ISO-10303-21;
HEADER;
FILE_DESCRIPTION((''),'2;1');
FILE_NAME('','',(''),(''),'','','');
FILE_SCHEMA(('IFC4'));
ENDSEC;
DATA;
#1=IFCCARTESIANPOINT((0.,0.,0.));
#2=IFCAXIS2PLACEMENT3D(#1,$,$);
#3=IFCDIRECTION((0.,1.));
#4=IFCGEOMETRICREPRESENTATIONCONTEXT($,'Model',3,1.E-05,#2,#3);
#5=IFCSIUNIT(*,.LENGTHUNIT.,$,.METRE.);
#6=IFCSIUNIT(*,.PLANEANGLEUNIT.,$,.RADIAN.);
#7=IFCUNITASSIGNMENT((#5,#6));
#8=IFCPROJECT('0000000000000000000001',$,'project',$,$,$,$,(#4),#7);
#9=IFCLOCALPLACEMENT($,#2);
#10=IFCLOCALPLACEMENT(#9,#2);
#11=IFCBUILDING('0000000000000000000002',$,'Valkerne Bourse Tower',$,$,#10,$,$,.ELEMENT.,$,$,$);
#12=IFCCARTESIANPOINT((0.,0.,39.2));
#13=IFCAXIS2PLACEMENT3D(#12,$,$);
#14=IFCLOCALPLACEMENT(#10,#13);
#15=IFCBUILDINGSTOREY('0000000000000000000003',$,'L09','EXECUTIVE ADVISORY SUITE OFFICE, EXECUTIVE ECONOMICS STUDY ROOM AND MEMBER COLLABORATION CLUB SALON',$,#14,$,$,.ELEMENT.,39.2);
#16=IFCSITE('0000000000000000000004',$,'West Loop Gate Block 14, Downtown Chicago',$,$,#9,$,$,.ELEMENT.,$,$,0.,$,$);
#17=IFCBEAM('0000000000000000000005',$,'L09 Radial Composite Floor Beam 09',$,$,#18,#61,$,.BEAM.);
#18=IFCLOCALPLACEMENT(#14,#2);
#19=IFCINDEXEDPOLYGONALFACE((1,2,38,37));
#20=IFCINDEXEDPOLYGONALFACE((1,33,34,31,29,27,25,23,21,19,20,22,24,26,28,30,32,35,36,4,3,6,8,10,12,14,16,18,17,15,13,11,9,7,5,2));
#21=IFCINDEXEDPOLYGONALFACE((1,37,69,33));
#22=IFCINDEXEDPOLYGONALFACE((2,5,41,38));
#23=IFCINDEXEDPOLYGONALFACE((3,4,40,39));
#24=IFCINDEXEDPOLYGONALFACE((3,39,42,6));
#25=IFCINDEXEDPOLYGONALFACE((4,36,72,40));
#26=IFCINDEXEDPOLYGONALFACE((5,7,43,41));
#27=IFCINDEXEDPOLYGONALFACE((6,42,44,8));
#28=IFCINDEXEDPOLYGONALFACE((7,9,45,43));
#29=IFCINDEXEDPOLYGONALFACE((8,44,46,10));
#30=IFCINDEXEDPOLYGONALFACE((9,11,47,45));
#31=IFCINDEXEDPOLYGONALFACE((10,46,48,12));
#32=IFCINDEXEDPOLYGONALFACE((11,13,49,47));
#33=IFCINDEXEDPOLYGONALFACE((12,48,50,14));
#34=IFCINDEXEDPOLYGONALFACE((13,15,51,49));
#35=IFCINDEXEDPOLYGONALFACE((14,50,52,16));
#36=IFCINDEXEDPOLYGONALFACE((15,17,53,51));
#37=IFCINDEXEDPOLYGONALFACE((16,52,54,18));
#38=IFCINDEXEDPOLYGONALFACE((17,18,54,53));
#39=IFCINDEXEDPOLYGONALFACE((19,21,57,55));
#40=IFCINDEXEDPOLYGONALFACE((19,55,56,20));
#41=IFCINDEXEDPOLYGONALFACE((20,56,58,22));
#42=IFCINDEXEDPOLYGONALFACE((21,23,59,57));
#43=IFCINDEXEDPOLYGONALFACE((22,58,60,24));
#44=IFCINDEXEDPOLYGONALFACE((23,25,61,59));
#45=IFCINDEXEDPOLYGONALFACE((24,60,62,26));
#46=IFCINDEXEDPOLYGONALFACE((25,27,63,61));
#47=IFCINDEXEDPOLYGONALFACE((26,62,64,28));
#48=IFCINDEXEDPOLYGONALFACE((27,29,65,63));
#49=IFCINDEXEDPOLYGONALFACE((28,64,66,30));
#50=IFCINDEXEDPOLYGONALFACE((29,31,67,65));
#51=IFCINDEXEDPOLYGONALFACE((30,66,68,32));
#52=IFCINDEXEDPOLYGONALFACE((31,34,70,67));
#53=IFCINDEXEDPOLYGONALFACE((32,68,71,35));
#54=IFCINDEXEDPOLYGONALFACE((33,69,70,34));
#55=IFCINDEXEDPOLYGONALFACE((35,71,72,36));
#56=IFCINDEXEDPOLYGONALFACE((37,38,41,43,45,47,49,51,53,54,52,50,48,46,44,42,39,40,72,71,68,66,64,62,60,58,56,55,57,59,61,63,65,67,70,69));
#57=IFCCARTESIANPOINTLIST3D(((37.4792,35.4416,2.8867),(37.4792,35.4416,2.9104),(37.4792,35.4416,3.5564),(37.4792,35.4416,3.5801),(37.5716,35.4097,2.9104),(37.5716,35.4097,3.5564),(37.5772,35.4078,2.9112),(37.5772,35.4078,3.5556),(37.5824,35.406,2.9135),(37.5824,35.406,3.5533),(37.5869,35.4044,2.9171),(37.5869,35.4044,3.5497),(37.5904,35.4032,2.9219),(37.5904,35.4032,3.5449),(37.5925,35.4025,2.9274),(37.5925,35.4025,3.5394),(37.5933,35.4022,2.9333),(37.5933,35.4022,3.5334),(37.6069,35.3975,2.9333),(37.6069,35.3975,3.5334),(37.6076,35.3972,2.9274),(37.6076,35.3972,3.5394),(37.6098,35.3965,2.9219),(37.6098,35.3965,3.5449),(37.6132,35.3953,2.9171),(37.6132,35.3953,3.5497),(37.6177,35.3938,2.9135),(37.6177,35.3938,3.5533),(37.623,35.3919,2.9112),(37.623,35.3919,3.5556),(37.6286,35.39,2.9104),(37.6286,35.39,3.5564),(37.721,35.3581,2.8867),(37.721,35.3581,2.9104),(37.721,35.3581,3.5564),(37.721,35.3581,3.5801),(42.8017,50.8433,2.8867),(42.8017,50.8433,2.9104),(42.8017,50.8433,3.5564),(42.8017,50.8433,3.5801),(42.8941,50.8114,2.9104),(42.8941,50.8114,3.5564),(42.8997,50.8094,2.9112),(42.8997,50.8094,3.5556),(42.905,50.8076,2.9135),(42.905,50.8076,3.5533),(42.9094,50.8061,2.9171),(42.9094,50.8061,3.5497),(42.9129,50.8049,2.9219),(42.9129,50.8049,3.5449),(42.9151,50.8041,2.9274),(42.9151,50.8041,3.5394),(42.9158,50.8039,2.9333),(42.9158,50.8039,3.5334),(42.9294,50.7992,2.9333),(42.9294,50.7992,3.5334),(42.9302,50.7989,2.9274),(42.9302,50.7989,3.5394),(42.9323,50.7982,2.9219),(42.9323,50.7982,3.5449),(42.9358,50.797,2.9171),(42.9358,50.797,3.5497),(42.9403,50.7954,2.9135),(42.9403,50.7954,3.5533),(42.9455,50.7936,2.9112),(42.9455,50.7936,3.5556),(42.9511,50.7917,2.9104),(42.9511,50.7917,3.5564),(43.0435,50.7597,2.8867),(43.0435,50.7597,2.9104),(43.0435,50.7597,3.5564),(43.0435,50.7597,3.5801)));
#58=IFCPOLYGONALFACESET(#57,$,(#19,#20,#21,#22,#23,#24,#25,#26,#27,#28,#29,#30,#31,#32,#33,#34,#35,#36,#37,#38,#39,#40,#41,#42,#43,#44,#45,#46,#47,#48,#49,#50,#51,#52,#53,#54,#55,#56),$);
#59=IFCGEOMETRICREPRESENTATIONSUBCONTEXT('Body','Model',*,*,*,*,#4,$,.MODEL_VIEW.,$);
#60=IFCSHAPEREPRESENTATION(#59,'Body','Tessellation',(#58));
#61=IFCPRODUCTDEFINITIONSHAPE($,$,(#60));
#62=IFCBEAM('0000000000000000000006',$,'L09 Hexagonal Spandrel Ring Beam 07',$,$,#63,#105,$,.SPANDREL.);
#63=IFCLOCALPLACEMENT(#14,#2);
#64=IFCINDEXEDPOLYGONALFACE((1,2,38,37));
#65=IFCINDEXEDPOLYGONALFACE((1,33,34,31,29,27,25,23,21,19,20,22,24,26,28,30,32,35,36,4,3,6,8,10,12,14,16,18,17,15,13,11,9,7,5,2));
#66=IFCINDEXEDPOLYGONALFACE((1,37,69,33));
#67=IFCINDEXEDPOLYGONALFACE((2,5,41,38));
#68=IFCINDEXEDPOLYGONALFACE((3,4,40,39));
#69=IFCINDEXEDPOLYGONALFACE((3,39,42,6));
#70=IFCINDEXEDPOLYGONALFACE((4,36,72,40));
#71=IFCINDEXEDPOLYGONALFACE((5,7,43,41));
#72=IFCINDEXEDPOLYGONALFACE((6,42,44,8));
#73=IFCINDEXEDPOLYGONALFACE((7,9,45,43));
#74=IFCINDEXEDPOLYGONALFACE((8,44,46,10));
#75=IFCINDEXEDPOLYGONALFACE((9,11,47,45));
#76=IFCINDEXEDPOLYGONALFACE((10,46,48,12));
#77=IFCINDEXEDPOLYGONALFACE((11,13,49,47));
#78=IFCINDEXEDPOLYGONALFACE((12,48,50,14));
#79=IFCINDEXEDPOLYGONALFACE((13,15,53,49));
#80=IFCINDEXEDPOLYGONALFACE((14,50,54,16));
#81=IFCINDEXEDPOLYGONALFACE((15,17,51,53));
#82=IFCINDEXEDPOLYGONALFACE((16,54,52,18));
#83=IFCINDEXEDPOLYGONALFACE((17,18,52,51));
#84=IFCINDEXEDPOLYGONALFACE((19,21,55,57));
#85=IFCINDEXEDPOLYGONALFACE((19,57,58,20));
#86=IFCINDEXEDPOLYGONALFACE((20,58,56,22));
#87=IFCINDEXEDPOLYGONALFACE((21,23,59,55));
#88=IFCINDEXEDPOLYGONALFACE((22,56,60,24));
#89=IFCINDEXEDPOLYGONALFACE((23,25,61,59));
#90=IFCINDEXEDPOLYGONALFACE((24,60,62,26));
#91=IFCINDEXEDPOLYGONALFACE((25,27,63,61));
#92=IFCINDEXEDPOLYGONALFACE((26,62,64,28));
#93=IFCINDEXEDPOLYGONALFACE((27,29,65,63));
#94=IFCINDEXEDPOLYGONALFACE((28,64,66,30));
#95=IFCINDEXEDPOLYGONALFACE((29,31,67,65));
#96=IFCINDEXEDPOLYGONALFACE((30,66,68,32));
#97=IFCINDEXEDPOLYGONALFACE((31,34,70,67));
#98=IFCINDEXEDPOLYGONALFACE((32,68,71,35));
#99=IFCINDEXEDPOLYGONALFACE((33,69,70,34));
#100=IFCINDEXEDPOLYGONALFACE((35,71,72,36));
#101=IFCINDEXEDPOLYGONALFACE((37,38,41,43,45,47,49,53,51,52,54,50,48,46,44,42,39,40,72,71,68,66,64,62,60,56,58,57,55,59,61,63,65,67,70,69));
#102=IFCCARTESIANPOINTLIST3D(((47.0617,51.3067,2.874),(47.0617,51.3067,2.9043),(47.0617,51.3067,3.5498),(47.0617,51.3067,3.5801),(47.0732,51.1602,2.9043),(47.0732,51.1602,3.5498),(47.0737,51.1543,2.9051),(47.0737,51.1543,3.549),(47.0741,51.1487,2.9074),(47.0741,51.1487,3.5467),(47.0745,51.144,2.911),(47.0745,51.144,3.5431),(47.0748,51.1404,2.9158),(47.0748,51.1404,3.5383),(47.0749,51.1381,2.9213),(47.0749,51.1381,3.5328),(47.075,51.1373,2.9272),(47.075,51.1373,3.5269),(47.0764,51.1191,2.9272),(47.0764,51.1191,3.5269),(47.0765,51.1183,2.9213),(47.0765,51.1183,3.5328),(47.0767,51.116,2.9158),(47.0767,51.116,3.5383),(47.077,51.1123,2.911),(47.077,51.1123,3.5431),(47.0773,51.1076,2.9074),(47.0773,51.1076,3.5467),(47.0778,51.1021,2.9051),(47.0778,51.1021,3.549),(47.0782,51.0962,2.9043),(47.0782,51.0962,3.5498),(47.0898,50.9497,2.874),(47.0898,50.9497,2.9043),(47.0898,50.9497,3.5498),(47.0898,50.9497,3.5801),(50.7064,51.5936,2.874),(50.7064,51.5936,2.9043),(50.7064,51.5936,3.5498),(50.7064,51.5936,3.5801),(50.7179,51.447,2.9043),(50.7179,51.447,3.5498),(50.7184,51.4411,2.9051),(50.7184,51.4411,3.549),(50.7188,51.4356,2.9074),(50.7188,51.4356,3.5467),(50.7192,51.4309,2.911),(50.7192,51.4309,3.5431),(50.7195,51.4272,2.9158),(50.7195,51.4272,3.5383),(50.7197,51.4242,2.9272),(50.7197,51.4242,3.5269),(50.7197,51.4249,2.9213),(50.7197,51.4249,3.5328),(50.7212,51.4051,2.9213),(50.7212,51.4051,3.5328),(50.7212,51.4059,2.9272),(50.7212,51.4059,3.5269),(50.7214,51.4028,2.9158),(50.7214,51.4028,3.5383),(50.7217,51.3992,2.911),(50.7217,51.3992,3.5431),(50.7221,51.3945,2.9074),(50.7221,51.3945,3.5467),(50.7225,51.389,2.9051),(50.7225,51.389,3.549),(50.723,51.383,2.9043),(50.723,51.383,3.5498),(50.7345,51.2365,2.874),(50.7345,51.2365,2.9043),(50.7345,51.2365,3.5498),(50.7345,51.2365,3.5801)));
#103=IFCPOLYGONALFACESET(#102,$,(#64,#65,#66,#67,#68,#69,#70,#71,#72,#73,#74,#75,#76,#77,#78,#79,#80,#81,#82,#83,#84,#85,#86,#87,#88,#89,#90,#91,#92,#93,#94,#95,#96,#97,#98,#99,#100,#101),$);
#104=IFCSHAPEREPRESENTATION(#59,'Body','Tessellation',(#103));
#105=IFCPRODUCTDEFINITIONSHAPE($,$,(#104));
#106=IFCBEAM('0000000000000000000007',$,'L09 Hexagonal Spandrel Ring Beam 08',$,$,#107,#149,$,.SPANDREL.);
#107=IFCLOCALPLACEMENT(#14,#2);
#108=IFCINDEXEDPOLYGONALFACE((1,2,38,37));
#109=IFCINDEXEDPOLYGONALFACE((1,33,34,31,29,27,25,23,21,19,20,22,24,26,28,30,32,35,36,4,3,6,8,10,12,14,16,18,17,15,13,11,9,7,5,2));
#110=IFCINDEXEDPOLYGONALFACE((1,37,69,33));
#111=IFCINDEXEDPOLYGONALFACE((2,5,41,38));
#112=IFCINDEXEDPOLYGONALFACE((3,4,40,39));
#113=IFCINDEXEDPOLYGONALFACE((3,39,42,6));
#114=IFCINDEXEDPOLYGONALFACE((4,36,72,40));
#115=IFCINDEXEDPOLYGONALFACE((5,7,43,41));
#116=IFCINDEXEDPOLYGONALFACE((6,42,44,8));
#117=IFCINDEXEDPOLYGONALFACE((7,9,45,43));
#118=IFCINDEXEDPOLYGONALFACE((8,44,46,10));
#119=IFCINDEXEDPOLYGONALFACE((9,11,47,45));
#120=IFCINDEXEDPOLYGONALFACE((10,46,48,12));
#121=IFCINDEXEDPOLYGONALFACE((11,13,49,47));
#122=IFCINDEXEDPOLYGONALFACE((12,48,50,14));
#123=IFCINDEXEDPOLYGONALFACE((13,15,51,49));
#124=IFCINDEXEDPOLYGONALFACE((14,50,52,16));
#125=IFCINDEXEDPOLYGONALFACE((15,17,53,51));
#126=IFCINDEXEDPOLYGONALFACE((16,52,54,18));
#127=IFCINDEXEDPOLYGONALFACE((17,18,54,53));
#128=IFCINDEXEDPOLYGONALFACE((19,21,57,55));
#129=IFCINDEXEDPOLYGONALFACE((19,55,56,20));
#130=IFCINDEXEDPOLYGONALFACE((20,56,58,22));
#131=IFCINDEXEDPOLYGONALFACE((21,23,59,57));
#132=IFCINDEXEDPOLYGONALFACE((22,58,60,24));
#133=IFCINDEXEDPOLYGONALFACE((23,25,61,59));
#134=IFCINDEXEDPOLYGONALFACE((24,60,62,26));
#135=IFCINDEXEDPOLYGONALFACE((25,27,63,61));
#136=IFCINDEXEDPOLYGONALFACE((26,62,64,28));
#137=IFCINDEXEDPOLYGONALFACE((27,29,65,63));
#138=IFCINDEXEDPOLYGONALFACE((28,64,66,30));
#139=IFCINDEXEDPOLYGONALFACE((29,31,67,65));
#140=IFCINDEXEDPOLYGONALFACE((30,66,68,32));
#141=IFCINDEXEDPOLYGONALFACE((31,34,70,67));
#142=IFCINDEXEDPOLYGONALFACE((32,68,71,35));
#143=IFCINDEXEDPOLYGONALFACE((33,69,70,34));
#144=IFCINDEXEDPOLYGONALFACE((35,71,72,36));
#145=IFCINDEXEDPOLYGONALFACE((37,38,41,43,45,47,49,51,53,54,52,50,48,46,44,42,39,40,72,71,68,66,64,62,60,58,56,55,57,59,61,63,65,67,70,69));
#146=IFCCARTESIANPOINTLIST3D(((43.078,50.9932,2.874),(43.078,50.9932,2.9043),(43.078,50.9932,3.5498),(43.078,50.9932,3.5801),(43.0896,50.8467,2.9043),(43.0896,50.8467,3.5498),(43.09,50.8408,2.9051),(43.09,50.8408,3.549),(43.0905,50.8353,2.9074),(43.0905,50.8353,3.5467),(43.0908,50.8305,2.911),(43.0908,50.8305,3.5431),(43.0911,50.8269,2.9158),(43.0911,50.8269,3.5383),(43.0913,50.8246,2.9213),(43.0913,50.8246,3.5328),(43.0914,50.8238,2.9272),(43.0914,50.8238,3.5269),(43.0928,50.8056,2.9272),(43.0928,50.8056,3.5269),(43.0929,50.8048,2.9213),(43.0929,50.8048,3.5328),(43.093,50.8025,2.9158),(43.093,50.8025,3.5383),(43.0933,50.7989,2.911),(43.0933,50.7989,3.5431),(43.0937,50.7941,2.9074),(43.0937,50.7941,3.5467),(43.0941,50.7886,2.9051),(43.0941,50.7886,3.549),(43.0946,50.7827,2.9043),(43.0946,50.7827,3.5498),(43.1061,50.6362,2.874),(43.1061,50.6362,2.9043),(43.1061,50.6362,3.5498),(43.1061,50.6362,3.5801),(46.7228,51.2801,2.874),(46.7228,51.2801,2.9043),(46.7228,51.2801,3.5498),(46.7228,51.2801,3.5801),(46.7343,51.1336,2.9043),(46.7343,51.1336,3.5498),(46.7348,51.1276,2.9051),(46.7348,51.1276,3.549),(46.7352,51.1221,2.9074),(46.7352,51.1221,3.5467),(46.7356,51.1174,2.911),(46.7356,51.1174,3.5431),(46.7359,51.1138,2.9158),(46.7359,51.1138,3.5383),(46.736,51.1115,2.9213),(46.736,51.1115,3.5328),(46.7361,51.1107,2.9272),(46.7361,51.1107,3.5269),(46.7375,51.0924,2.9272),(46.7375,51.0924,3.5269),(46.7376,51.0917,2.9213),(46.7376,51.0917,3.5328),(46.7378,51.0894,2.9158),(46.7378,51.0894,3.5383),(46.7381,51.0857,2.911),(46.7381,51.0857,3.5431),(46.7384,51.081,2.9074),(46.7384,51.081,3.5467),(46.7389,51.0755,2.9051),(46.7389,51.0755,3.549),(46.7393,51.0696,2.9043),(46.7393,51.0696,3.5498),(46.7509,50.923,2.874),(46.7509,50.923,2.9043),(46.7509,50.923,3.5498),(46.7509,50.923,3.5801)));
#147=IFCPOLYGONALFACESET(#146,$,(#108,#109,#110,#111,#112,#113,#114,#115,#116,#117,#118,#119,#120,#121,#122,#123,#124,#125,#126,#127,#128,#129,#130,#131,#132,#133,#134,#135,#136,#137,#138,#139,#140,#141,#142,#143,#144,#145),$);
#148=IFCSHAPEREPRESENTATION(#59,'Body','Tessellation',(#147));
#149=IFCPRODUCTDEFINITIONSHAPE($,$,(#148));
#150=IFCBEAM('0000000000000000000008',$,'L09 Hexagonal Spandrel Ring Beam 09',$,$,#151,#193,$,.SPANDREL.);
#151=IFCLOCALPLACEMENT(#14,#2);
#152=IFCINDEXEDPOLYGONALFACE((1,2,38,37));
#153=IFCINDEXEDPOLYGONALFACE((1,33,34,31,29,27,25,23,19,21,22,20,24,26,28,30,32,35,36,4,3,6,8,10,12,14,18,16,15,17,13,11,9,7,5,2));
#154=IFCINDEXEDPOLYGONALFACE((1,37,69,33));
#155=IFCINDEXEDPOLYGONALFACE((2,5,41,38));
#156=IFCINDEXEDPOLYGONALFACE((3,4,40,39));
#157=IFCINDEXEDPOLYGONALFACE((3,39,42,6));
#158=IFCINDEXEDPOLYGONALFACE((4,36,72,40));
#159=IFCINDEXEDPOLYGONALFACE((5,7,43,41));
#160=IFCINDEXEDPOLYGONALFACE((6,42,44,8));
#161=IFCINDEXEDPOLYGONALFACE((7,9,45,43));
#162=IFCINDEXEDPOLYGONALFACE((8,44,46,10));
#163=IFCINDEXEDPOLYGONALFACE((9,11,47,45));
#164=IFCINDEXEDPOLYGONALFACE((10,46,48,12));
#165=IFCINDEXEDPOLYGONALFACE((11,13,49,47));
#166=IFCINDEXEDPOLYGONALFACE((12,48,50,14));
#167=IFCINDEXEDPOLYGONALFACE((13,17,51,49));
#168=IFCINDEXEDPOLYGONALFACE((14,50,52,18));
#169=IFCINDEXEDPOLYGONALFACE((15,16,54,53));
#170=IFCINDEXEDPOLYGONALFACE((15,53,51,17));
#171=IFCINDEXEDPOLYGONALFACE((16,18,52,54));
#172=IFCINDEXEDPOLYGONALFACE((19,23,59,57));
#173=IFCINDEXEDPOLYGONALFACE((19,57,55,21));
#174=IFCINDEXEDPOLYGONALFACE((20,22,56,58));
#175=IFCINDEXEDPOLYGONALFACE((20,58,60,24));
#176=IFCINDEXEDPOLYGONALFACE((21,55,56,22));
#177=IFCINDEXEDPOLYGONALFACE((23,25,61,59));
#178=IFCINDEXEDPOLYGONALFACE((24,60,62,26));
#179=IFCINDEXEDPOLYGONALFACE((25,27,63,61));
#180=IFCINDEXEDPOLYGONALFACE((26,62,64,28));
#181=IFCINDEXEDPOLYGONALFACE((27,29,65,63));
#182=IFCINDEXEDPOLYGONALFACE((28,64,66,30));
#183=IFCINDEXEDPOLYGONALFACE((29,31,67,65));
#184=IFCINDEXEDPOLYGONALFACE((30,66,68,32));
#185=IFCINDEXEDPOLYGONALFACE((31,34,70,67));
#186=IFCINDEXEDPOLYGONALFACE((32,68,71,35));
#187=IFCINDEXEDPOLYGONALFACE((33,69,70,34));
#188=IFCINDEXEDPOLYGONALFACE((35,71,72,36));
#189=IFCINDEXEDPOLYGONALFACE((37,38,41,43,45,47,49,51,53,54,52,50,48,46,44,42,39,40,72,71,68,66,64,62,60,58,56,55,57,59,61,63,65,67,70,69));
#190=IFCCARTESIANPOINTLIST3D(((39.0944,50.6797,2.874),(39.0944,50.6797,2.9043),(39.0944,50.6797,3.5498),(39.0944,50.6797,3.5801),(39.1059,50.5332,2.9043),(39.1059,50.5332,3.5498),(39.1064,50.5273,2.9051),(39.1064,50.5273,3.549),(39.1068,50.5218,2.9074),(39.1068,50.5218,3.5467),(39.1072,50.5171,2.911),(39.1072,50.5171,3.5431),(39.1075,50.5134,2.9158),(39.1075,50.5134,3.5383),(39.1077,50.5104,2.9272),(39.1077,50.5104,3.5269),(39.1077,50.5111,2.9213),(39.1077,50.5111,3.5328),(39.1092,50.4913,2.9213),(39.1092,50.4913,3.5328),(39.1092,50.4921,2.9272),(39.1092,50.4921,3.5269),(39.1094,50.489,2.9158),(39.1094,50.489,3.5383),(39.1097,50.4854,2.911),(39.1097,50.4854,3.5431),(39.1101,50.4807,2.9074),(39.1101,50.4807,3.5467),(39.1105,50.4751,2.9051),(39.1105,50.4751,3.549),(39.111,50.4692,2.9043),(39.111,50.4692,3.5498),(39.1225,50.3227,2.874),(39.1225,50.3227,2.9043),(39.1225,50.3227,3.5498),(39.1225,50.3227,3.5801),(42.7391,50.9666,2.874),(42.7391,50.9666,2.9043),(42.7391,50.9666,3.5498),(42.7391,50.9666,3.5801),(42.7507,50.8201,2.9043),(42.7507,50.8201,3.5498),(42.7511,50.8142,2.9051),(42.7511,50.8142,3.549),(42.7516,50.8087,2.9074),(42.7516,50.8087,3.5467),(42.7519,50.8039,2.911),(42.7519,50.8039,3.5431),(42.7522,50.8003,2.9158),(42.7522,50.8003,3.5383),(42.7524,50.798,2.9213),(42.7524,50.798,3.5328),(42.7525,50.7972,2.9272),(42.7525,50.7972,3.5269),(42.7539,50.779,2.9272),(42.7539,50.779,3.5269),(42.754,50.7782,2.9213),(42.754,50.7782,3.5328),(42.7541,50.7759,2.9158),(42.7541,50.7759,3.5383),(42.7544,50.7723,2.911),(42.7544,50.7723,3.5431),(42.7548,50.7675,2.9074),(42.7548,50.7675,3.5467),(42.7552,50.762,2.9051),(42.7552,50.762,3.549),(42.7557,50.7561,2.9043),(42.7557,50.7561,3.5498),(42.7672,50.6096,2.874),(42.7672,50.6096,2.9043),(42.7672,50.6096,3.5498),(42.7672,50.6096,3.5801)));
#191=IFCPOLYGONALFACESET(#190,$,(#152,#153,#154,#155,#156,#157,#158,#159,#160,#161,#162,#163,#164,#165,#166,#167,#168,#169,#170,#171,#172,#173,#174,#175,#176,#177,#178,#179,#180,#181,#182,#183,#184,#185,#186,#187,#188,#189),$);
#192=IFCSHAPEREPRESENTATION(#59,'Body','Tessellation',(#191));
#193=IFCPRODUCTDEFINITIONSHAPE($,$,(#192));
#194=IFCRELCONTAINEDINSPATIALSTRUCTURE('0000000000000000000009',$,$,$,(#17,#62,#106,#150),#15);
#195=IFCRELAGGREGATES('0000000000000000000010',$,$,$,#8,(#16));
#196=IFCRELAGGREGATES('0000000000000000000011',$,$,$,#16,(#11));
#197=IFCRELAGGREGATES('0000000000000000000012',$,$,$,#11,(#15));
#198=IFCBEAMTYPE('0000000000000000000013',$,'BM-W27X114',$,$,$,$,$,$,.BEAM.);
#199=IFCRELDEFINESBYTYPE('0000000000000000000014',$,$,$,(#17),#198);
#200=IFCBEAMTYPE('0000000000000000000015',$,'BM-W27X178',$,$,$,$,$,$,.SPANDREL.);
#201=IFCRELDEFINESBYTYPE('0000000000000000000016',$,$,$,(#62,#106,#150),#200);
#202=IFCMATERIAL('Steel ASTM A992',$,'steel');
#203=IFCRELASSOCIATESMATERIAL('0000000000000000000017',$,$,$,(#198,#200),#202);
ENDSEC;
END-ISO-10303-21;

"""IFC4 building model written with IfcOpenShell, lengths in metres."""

from ifc_helpers import new_model, si_unit, direction, frame, origin, origin_2d, place, context, subcontext, project, spatial, i_section, extrude, material, material_profile, profile_set, type_object, element, save


model = new_model("IFC4")

# Units and contexts
model_context = context("Model", 3, precision=1e-05, world=origin(), true_north=direction((0.0, 1.0)))
body_context = subcontext(model_context, "Body", "Model", "MODEL_VIEW")
ifc_project = project(units=[si_unit("LENGTHUNIT", "METRE"), si_unit("PLANEANGLEUNIT", "RADIAN")], contexts=[model_context])

# Site, building, storey
site_placement = place(None, origin())
site = spatial("IfcSite", under=ifc_project, at=site_placement, Name="West Loop Gate Block 14, Downtown Chicago", CompositionType="ELEMENT", RefElevation=0.0)
building_placement = place(site_placement, origin())
building = spatial("IfcBuilding", under=site, at=building_placement, Name="Valkerne Bourse Tower", CompositionType="ELEMENT")
storey_placement = place(building_placement, frame((0.0, 0.0, 39.2)))
storey = spatial("IfcBuildingStorey", under=building, at=storey_placement, Name="L09", Description="EXECUTIVE ADVISORY SUITE OFFICE, EXECUTIVE ECONOMICS STUDY ROOM AND MEMBER COLLABORATION CLUB SALON", CompositionType="ELEMENT", Elevation=39.2)

# Beams
ifc_material_1 = material(Name="Steel ASTM A992", Category="steel")
ifc_material_profile_1 = material_profile(ifc_material_1, i_section(OverallWidth=0.2559, OverallDepth=0.6934, WebThickness=0.0144, FlangeThickness=0.0237, FilletRadius=0.0229, at=origin_2d()), Name="W27X114")
ifc_profile_set_1 = profile_set([ifc_material_profile_1], Name="Steel ASTM A992")
beam_type_1 = type_object("IfcBeamType", Name="BM-W27X114", PredefinedType="BEAM", material=ifc_profile_set_1)
beam_1_placement = place(storey_placement, frame((42.9226, 50.8015, 3.2334), z_axis=(-0.326627, -0.945153, 0.0), x_axis=(0.945153, -0.326627, 0.0)))
element("IfcBeam", 1, at=beam_1_placement, inside=storey, type_object=beam_type_1, Name="L09 Radial Composite Floor Beam 09", PredefinedType="BEAM", context=body_context, shape_type="SweptSolid", body=[
    extrude(i_section(OverallWidth=0.2559, OverallDepth=0.6934, WebThickness=0.0144, FlangeThickness=0.0237, FilletRadius=0.0229, at=origin_2d()), origin(), (0.0, 0.0, 1.0), 16.2954),
])
ifc_material_profile_2 = material_profile(ifc_material_1, i_section(OverallWidth=0.3582, OverallDepth=0.7061, WebThickness=0.0183, FlangeThickness=0.0303, FilletRadius=0.0229, at=origin_2d()), Name="W27X178")
ifc_profile_set_2 = profile_set([ifc_material_profile_2], Name="Steel ASTM A992")
beam_type_2 = type_object("IfcBeamType", Name="BM-W27X178", PredefinedType="SPANDREL", material=ifc_profile_set_2)
for number, where, z_axis, x_axis, name in (
    (2, (50.7205, 51.415, 3.2271), (-0.996917, -0.078463, 0.0), (0.078463, -0.996917, 0.0), "L09 Hexagonal Spandrel Ring Beam 07"),
    (3, (46.7368, 51.1016, 3.2271), (-0.996917, -0.078463, 0.0), (0.078463, -0.996917, 0.0), "L09 Hexagonal Spandrel Ring Beam 08"),
    (4, (42.7532, 50.7881, 3.2271), (-0.996917, -0.078463, 0.0), (0.078463, -0.996917, 0.0), "L09 Hexagonal Spandrel Ring Beam 09"),
):
    element("IfcBeam", number, at=place(storey_placement, frame(where, z_axis=z_axis, x_axis=x_axis)), inside=storey, type_object=beam_type_2, Name=name, PredefinedType="SPANDREL", context=body_context, shape_type="SweptSolid", body=[
        extrude(i_section(OverallWidth=0.3582, OverallDepth=0.7061, WebThickness=0.0183, FlangeThickness=0.0303, FilletRadius=0.0229, at=origin_2d()), origin(), (0.0, 0.0, 1.0), 3.656),
    ])

save(model, "model.ifc")
